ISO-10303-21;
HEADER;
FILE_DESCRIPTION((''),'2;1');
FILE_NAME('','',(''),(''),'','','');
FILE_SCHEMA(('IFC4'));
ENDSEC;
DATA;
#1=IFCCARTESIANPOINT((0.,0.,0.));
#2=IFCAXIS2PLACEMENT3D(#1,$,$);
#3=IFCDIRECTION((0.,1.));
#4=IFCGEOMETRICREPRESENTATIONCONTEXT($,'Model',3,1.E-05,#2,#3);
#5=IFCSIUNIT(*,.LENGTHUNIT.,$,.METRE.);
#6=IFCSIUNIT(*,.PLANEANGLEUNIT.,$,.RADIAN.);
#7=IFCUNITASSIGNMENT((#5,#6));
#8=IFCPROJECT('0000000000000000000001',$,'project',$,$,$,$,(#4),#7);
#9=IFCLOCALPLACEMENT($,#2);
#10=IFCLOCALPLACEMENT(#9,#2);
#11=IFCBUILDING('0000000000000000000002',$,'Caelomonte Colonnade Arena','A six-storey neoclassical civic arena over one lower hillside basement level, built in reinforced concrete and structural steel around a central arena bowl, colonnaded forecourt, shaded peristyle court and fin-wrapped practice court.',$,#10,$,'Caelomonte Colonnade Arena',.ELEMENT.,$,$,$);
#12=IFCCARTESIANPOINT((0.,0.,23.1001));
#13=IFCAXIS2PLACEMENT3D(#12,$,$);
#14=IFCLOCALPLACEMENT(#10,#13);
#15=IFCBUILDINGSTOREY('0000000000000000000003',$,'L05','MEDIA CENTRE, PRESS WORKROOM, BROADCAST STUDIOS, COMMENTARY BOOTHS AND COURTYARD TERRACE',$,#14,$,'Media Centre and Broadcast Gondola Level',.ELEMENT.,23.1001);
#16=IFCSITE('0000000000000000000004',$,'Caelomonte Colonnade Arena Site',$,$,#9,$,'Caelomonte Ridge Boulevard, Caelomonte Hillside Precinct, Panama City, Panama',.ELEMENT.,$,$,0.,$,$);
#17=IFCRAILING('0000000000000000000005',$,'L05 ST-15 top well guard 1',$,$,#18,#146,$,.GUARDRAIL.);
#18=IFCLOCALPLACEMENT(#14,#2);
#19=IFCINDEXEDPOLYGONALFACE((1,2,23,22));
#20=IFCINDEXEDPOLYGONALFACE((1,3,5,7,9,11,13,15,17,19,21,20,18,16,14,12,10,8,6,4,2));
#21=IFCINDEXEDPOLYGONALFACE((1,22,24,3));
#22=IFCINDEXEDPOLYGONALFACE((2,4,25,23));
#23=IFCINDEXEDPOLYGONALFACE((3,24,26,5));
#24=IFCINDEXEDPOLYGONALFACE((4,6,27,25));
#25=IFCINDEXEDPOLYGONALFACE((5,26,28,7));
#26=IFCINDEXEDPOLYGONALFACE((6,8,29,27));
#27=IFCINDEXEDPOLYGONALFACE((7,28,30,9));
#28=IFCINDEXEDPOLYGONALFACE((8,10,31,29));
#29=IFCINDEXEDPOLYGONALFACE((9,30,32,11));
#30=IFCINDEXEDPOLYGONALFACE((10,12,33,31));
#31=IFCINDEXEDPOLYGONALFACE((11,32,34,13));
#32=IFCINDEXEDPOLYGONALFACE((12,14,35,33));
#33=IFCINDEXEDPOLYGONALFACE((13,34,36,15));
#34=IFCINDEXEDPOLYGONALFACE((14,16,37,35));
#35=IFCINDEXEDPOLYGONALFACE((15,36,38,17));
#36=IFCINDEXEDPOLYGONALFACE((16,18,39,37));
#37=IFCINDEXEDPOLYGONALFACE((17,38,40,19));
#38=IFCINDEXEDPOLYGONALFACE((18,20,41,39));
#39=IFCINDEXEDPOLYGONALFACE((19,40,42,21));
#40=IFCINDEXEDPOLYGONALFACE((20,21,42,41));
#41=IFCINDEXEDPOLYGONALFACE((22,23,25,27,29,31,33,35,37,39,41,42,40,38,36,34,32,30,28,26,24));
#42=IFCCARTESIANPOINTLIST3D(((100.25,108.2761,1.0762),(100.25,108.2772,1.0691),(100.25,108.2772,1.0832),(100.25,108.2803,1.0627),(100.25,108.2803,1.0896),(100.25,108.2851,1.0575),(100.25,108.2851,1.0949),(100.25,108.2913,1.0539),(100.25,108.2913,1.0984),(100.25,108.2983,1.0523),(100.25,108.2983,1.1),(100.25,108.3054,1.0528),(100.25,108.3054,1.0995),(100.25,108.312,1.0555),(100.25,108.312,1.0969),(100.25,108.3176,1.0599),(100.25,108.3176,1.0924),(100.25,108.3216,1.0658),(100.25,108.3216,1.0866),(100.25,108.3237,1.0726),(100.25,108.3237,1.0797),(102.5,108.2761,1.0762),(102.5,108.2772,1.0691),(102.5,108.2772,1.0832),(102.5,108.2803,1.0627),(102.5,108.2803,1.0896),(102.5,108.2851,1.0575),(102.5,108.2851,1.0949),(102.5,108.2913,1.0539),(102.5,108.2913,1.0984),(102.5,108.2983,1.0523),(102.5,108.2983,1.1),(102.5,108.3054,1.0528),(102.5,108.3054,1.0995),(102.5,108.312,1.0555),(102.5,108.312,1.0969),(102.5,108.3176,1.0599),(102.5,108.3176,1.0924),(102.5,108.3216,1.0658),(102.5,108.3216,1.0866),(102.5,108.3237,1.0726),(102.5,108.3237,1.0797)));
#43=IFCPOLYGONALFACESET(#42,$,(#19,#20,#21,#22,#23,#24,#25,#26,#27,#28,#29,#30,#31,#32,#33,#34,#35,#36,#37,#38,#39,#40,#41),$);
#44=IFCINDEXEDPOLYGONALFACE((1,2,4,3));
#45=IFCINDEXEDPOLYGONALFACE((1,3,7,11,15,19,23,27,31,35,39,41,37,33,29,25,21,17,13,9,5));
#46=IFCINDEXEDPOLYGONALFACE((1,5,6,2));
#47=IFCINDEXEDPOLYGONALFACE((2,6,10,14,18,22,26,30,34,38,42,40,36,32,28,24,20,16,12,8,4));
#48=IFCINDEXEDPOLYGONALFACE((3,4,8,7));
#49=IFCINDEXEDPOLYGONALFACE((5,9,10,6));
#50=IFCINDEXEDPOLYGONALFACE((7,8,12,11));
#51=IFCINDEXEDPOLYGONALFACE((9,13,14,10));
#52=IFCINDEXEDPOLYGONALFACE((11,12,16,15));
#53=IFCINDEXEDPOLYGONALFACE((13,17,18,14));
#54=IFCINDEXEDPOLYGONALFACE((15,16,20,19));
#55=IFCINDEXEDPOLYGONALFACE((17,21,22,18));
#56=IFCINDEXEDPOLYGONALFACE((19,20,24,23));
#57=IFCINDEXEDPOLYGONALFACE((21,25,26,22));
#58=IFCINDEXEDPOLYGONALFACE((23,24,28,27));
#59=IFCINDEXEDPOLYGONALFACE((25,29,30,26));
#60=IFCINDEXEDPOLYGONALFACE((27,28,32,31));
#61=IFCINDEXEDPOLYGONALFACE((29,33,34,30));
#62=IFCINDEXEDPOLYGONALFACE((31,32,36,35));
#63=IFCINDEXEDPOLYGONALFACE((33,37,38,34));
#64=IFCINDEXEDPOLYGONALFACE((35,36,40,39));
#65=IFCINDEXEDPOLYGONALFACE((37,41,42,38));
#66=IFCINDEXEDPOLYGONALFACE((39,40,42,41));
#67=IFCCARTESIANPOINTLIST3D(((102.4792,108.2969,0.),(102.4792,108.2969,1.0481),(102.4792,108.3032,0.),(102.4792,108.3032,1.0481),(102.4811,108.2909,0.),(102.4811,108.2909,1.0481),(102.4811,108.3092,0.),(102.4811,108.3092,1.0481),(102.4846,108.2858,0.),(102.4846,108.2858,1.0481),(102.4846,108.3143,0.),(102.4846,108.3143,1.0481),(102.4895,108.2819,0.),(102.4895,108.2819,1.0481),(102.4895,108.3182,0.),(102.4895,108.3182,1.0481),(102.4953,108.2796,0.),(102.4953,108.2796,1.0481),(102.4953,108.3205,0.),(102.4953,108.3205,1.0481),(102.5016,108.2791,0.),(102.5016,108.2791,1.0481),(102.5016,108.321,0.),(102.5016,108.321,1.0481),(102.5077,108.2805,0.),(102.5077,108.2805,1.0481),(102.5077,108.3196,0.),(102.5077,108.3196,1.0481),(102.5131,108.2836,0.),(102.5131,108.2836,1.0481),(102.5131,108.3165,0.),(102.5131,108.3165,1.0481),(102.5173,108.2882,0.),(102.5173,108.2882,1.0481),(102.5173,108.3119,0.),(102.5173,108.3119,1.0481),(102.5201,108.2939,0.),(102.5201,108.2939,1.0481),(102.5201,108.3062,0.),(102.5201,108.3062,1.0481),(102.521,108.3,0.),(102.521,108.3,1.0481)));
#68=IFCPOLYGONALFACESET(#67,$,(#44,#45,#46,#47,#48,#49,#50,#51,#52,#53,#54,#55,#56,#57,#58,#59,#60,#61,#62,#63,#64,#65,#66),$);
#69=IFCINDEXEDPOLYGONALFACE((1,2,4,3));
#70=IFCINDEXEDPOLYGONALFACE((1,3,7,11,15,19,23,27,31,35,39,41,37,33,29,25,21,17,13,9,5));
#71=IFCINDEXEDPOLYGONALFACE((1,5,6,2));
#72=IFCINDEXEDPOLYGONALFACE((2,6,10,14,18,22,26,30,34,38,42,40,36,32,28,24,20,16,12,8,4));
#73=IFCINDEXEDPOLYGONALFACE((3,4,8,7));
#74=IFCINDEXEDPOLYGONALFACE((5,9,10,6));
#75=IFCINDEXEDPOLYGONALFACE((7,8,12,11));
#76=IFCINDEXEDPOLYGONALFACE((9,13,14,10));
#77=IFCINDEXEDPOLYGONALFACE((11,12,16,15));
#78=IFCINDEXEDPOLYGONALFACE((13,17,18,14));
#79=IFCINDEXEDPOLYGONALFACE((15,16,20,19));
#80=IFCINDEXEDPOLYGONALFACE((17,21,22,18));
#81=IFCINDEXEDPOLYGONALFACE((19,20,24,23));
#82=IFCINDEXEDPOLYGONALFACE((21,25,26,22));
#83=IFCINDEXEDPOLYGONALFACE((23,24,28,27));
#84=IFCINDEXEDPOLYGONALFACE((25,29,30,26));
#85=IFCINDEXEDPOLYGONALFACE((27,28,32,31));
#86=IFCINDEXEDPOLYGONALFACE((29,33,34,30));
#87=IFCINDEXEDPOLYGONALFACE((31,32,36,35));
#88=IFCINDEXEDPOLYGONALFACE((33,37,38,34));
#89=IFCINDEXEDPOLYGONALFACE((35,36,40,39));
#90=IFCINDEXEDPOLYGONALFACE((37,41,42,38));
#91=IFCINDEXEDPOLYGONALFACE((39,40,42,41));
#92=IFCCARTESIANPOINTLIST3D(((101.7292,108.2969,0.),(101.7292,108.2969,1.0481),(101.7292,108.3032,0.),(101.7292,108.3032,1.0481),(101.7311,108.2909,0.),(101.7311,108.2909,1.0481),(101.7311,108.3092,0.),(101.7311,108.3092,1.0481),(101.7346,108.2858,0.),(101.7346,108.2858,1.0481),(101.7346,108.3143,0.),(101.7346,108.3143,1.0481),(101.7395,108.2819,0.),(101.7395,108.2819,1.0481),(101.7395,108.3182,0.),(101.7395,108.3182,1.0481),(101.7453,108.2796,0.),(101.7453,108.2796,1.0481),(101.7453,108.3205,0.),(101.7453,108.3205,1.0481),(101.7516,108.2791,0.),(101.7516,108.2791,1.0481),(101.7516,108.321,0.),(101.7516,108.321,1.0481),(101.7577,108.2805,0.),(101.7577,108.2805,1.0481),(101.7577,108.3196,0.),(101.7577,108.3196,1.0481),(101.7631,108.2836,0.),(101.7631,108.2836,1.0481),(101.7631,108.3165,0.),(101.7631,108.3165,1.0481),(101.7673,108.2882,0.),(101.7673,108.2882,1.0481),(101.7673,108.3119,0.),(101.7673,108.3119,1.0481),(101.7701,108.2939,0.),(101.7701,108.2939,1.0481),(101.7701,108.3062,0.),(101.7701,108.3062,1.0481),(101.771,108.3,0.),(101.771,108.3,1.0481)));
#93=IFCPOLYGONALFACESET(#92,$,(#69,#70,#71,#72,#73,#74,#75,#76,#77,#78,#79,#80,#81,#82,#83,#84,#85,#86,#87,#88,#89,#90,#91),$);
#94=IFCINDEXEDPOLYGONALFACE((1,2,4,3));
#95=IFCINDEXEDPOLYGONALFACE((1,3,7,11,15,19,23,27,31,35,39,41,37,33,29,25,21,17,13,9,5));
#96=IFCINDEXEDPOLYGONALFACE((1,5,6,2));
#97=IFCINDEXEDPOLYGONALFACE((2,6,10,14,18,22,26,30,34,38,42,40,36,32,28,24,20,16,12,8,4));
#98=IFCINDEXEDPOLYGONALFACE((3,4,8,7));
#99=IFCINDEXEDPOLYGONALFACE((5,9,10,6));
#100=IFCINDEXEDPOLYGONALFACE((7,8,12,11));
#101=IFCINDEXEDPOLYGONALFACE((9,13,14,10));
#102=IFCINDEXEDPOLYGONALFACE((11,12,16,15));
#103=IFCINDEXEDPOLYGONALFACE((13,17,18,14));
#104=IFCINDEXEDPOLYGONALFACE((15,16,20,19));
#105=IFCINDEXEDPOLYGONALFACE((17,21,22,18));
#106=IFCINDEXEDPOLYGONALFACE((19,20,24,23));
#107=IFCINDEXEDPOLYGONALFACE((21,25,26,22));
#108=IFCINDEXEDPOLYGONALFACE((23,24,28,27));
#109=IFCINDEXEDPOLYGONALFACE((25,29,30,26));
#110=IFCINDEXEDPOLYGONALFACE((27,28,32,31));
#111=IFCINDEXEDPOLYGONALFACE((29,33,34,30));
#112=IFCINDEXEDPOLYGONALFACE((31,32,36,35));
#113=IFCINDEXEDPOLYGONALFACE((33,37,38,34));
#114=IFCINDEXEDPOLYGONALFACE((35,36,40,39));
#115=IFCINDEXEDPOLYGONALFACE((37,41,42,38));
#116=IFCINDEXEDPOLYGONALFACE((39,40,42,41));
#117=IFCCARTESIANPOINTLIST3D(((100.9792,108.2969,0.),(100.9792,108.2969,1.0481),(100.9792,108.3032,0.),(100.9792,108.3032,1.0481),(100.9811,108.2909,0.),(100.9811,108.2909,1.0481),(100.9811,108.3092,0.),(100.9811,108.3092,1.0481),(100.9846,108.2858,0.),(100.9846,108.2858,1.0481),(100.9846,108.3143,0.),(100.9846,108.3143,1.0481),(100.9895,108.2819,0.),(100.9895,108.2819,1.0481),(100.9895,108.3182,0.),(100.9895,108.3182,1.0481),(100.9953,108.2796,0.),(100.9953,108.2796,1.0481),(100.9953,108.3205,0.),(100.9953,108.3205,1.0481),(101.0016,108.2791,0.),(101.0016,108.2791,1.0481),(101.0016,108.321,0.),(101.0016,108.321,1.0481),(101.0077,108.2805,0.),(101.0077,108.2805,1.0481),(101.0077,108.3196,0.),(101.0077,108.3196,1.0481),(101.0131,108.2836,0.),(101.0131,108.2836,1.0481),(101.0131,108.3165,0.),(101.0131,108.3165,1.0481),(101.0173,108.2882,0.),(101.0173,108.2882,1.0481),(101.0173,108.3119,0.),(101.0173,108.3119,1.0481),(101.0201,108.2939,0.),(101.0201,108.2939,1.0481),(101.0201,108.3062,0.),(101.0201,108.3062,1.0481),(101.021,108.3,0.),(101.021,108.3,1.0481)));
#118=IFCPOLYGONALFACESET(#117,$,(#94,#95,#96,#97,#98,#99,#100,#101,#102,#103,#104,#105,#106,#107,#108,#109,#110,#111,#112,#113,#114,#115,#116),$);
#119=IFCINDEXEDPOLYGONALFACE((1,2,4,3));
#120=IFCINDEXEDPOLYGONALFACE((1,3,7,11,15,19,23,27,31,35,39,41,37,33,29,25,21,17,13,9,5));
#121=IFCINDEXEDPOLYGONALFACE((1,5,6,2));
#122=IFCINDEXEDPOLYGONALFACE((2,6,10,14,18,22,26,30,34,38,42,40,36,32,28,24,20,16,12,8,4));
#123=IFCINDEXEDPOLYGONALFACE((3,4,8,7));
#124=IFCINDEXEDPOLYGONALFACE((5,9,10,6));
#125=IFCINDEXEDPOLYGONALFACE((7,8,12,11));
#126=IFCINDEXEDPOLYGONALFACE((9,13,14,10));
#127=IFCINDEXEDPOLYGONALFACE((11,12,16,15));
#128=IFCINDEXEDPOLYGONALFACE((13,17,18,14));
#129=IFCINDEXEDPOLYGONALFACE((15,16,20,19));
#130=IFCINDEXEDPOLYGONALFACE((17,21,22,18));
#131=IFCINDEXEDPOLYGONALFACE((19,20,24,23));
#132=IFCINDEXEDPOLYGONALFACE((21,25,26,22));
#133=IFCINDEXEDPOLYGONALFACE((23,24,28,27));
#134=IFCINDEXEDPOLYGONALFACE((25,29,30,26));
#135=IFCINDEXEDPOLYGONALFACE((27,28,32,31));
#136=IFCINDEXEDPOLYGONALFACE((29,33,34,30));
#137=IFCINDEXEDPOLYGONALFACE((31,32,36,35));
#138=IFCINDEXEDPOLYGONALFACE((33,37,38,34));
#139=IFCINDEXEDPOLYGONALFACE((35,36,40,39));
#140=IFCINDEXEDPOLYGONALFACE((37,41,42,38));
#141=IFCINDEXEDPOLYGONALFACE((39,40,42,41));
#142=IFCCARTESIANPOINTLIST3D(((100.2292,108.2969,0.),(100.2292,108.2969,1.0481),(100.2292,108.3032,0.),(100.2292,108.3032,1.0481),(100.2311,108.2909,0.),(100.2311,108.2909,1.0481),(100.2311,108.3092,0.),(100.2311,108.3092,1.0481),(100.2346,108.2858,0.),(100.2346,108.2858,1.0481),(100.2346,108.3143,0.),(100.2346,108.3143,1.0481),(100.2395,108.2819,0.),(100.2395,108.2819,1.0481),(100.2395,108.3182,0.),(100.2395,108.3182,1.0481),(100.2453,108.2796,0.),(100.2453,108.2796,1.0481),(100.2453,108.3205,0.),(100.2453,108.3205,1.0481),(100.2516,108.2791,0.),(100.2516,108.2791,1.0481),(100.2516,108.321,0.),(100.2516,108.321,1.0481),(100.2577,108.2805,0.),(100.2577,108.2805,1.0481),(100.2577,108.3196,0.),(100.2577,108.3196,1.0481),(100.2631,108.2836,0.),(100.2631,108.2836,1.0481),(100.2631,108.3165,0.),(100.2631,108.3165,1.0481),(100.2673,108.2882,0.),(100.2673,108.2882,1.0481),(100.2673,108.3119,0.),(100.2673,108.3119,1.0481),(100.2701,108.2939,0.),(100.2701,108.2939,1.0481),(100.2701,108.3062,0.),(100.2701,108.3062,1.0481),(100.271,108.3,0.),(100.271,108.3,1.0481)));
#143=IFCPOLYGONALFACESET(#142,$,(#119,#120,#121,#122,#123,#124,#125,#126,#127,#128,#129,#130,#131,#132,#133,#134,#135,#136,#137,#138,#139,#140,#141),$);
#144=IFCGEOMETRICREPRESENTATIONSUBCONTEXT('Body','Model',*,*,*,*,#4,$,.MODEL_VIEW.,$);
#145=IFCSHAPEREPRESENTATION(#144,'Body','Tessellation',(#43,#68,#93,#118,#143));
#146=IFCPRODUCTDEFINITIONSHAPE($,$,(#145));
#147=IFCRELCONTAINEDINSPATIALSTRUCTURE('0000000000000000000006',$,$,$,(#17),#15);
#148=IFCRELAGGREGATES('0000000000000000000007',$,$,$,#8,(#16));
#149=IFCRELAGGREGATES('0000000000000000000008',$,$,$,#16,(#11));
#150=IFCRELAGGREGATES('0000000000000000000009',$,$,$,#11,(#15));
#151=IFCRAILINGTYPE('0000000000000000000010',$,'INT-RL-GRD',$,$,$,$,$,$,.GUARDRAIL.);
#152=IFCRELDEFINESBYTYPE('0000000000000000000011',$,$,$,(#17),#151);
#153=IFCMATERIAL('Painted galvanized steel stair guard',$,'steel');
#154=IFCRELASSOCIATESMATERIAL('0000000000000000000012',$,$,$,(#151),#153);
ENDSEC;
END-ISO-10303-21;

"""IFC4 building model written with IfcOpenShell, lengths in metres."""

from ifc_helpers import new_model, si_unit, direction, frame, origin, origin_2d, place, context, subcontext, project, spatial, circle, extrude, material, type_object, element, save


model = new_model("IFC4")

# Units and contexts
model_context = context("Model", 3, precision=1e-05, world=origin(), true_north=direction((0.0, 1.0)))
body_context = subcontext(model_context, "Body", "Model", "MODEL_VIEW")
ifc_project = project(units=[si_unit("LENGTHUNIT", "METRE"), si_unit("PLANEANGLEUNIT", "RADIAN")], contexts=[model_context])

# Site, building, storey
site_placement = place(None, origin())
site = spatial("IfcSite", under=ifc_project, at=site_placement, Name="Caelomonte Colonnade Arena Site", LongName="Caelomonte Ridge Boulevard, Caelomonte Hillside Precinct, Panama City, Panama", CompositionType="ELEMENT", RefElevation=0.0)
building_placement = place(site_placement, origin())
building = spatial("IfcBuilding", under=site, at=building_placement, Name="Caelomonte Colonnade Arena", Description="A six-storey neoclassical civic arena over one lower hillside basement level, built in reinforced concrete and structural steel around a central arena bowl, colonnaded forecourt, shaded peristyle court and fin-wrapped practice court.", LongName="Caelomonte Colonnade Arena", CompositionType="ELEMENT")
storey_placement = place(building_placement, frame((0.0, 0.0, 23.1001)))
storey = spatial("IfcBuildingStorey", under=building, at=storey_placement, Name="L05", Description="MEDIA CENTRE, PRESS WORKROOM, BROADCAST STUDIOS, COMMENTARY BOOTHS AND COURTYARD TERRACE", LongName="Media Centre and Broadcast Gondola Level", CompositionType="ELEMENT", Elevation=23.1001)

# Railing
ifc_material_1 = material(Name="Painted galvanized steel stair guard", Category="steel")
railing_type = type_object("IfcRailingType", Name="INT-RL-GRD", PredefinedType="GUARDRAIL", material=ifc_material_1)
for number, where, name in (
    (1, (102.5, 108.3, 0.0), "L05 ST-15 top well guard 1"),
):
    element("IfcRailing", number, at=place(storey_placement, frame(where)), inside=storey, type_object=railing_type, Name=name, PredefinedType="GUARDRAIL", context=body_context, shape_type="SweptSolid", body=[
        extrude(circle(Radius=0.0239, at=origin_2d()), frame((0.0, 0.0, 1.0762), z_axis=(-1.0, 0.0, 0.0), x_axis=(0.0, -1.0, 0.0)), (0.0, 0.0, 1.0), 2.25),
        extrude(circle(Radius=0.021, at=origin_2d()), origin(), (0.0, 0.0, 1.0), 1.0481),
        extrude(circle(Radius=0.021, at=origin_2d()), frame((-0.75, 0.0, 0.0)), (0.0, 0.0, 1.0), 1.0481),
        extrude(circle(Radius=0.021, at=origin_2d()), frame((-1.5, 0.0, 0.0)), (0.0, 0.0, 1.0), 1.0481),
        extrude(circle(Radius=0.021, at=origin_2d()), frame((-2.25, 0.0, 0.0)), (0.0, 0.0, 1.0), 1.0481),
    ])

save(model, "model.ifc")
